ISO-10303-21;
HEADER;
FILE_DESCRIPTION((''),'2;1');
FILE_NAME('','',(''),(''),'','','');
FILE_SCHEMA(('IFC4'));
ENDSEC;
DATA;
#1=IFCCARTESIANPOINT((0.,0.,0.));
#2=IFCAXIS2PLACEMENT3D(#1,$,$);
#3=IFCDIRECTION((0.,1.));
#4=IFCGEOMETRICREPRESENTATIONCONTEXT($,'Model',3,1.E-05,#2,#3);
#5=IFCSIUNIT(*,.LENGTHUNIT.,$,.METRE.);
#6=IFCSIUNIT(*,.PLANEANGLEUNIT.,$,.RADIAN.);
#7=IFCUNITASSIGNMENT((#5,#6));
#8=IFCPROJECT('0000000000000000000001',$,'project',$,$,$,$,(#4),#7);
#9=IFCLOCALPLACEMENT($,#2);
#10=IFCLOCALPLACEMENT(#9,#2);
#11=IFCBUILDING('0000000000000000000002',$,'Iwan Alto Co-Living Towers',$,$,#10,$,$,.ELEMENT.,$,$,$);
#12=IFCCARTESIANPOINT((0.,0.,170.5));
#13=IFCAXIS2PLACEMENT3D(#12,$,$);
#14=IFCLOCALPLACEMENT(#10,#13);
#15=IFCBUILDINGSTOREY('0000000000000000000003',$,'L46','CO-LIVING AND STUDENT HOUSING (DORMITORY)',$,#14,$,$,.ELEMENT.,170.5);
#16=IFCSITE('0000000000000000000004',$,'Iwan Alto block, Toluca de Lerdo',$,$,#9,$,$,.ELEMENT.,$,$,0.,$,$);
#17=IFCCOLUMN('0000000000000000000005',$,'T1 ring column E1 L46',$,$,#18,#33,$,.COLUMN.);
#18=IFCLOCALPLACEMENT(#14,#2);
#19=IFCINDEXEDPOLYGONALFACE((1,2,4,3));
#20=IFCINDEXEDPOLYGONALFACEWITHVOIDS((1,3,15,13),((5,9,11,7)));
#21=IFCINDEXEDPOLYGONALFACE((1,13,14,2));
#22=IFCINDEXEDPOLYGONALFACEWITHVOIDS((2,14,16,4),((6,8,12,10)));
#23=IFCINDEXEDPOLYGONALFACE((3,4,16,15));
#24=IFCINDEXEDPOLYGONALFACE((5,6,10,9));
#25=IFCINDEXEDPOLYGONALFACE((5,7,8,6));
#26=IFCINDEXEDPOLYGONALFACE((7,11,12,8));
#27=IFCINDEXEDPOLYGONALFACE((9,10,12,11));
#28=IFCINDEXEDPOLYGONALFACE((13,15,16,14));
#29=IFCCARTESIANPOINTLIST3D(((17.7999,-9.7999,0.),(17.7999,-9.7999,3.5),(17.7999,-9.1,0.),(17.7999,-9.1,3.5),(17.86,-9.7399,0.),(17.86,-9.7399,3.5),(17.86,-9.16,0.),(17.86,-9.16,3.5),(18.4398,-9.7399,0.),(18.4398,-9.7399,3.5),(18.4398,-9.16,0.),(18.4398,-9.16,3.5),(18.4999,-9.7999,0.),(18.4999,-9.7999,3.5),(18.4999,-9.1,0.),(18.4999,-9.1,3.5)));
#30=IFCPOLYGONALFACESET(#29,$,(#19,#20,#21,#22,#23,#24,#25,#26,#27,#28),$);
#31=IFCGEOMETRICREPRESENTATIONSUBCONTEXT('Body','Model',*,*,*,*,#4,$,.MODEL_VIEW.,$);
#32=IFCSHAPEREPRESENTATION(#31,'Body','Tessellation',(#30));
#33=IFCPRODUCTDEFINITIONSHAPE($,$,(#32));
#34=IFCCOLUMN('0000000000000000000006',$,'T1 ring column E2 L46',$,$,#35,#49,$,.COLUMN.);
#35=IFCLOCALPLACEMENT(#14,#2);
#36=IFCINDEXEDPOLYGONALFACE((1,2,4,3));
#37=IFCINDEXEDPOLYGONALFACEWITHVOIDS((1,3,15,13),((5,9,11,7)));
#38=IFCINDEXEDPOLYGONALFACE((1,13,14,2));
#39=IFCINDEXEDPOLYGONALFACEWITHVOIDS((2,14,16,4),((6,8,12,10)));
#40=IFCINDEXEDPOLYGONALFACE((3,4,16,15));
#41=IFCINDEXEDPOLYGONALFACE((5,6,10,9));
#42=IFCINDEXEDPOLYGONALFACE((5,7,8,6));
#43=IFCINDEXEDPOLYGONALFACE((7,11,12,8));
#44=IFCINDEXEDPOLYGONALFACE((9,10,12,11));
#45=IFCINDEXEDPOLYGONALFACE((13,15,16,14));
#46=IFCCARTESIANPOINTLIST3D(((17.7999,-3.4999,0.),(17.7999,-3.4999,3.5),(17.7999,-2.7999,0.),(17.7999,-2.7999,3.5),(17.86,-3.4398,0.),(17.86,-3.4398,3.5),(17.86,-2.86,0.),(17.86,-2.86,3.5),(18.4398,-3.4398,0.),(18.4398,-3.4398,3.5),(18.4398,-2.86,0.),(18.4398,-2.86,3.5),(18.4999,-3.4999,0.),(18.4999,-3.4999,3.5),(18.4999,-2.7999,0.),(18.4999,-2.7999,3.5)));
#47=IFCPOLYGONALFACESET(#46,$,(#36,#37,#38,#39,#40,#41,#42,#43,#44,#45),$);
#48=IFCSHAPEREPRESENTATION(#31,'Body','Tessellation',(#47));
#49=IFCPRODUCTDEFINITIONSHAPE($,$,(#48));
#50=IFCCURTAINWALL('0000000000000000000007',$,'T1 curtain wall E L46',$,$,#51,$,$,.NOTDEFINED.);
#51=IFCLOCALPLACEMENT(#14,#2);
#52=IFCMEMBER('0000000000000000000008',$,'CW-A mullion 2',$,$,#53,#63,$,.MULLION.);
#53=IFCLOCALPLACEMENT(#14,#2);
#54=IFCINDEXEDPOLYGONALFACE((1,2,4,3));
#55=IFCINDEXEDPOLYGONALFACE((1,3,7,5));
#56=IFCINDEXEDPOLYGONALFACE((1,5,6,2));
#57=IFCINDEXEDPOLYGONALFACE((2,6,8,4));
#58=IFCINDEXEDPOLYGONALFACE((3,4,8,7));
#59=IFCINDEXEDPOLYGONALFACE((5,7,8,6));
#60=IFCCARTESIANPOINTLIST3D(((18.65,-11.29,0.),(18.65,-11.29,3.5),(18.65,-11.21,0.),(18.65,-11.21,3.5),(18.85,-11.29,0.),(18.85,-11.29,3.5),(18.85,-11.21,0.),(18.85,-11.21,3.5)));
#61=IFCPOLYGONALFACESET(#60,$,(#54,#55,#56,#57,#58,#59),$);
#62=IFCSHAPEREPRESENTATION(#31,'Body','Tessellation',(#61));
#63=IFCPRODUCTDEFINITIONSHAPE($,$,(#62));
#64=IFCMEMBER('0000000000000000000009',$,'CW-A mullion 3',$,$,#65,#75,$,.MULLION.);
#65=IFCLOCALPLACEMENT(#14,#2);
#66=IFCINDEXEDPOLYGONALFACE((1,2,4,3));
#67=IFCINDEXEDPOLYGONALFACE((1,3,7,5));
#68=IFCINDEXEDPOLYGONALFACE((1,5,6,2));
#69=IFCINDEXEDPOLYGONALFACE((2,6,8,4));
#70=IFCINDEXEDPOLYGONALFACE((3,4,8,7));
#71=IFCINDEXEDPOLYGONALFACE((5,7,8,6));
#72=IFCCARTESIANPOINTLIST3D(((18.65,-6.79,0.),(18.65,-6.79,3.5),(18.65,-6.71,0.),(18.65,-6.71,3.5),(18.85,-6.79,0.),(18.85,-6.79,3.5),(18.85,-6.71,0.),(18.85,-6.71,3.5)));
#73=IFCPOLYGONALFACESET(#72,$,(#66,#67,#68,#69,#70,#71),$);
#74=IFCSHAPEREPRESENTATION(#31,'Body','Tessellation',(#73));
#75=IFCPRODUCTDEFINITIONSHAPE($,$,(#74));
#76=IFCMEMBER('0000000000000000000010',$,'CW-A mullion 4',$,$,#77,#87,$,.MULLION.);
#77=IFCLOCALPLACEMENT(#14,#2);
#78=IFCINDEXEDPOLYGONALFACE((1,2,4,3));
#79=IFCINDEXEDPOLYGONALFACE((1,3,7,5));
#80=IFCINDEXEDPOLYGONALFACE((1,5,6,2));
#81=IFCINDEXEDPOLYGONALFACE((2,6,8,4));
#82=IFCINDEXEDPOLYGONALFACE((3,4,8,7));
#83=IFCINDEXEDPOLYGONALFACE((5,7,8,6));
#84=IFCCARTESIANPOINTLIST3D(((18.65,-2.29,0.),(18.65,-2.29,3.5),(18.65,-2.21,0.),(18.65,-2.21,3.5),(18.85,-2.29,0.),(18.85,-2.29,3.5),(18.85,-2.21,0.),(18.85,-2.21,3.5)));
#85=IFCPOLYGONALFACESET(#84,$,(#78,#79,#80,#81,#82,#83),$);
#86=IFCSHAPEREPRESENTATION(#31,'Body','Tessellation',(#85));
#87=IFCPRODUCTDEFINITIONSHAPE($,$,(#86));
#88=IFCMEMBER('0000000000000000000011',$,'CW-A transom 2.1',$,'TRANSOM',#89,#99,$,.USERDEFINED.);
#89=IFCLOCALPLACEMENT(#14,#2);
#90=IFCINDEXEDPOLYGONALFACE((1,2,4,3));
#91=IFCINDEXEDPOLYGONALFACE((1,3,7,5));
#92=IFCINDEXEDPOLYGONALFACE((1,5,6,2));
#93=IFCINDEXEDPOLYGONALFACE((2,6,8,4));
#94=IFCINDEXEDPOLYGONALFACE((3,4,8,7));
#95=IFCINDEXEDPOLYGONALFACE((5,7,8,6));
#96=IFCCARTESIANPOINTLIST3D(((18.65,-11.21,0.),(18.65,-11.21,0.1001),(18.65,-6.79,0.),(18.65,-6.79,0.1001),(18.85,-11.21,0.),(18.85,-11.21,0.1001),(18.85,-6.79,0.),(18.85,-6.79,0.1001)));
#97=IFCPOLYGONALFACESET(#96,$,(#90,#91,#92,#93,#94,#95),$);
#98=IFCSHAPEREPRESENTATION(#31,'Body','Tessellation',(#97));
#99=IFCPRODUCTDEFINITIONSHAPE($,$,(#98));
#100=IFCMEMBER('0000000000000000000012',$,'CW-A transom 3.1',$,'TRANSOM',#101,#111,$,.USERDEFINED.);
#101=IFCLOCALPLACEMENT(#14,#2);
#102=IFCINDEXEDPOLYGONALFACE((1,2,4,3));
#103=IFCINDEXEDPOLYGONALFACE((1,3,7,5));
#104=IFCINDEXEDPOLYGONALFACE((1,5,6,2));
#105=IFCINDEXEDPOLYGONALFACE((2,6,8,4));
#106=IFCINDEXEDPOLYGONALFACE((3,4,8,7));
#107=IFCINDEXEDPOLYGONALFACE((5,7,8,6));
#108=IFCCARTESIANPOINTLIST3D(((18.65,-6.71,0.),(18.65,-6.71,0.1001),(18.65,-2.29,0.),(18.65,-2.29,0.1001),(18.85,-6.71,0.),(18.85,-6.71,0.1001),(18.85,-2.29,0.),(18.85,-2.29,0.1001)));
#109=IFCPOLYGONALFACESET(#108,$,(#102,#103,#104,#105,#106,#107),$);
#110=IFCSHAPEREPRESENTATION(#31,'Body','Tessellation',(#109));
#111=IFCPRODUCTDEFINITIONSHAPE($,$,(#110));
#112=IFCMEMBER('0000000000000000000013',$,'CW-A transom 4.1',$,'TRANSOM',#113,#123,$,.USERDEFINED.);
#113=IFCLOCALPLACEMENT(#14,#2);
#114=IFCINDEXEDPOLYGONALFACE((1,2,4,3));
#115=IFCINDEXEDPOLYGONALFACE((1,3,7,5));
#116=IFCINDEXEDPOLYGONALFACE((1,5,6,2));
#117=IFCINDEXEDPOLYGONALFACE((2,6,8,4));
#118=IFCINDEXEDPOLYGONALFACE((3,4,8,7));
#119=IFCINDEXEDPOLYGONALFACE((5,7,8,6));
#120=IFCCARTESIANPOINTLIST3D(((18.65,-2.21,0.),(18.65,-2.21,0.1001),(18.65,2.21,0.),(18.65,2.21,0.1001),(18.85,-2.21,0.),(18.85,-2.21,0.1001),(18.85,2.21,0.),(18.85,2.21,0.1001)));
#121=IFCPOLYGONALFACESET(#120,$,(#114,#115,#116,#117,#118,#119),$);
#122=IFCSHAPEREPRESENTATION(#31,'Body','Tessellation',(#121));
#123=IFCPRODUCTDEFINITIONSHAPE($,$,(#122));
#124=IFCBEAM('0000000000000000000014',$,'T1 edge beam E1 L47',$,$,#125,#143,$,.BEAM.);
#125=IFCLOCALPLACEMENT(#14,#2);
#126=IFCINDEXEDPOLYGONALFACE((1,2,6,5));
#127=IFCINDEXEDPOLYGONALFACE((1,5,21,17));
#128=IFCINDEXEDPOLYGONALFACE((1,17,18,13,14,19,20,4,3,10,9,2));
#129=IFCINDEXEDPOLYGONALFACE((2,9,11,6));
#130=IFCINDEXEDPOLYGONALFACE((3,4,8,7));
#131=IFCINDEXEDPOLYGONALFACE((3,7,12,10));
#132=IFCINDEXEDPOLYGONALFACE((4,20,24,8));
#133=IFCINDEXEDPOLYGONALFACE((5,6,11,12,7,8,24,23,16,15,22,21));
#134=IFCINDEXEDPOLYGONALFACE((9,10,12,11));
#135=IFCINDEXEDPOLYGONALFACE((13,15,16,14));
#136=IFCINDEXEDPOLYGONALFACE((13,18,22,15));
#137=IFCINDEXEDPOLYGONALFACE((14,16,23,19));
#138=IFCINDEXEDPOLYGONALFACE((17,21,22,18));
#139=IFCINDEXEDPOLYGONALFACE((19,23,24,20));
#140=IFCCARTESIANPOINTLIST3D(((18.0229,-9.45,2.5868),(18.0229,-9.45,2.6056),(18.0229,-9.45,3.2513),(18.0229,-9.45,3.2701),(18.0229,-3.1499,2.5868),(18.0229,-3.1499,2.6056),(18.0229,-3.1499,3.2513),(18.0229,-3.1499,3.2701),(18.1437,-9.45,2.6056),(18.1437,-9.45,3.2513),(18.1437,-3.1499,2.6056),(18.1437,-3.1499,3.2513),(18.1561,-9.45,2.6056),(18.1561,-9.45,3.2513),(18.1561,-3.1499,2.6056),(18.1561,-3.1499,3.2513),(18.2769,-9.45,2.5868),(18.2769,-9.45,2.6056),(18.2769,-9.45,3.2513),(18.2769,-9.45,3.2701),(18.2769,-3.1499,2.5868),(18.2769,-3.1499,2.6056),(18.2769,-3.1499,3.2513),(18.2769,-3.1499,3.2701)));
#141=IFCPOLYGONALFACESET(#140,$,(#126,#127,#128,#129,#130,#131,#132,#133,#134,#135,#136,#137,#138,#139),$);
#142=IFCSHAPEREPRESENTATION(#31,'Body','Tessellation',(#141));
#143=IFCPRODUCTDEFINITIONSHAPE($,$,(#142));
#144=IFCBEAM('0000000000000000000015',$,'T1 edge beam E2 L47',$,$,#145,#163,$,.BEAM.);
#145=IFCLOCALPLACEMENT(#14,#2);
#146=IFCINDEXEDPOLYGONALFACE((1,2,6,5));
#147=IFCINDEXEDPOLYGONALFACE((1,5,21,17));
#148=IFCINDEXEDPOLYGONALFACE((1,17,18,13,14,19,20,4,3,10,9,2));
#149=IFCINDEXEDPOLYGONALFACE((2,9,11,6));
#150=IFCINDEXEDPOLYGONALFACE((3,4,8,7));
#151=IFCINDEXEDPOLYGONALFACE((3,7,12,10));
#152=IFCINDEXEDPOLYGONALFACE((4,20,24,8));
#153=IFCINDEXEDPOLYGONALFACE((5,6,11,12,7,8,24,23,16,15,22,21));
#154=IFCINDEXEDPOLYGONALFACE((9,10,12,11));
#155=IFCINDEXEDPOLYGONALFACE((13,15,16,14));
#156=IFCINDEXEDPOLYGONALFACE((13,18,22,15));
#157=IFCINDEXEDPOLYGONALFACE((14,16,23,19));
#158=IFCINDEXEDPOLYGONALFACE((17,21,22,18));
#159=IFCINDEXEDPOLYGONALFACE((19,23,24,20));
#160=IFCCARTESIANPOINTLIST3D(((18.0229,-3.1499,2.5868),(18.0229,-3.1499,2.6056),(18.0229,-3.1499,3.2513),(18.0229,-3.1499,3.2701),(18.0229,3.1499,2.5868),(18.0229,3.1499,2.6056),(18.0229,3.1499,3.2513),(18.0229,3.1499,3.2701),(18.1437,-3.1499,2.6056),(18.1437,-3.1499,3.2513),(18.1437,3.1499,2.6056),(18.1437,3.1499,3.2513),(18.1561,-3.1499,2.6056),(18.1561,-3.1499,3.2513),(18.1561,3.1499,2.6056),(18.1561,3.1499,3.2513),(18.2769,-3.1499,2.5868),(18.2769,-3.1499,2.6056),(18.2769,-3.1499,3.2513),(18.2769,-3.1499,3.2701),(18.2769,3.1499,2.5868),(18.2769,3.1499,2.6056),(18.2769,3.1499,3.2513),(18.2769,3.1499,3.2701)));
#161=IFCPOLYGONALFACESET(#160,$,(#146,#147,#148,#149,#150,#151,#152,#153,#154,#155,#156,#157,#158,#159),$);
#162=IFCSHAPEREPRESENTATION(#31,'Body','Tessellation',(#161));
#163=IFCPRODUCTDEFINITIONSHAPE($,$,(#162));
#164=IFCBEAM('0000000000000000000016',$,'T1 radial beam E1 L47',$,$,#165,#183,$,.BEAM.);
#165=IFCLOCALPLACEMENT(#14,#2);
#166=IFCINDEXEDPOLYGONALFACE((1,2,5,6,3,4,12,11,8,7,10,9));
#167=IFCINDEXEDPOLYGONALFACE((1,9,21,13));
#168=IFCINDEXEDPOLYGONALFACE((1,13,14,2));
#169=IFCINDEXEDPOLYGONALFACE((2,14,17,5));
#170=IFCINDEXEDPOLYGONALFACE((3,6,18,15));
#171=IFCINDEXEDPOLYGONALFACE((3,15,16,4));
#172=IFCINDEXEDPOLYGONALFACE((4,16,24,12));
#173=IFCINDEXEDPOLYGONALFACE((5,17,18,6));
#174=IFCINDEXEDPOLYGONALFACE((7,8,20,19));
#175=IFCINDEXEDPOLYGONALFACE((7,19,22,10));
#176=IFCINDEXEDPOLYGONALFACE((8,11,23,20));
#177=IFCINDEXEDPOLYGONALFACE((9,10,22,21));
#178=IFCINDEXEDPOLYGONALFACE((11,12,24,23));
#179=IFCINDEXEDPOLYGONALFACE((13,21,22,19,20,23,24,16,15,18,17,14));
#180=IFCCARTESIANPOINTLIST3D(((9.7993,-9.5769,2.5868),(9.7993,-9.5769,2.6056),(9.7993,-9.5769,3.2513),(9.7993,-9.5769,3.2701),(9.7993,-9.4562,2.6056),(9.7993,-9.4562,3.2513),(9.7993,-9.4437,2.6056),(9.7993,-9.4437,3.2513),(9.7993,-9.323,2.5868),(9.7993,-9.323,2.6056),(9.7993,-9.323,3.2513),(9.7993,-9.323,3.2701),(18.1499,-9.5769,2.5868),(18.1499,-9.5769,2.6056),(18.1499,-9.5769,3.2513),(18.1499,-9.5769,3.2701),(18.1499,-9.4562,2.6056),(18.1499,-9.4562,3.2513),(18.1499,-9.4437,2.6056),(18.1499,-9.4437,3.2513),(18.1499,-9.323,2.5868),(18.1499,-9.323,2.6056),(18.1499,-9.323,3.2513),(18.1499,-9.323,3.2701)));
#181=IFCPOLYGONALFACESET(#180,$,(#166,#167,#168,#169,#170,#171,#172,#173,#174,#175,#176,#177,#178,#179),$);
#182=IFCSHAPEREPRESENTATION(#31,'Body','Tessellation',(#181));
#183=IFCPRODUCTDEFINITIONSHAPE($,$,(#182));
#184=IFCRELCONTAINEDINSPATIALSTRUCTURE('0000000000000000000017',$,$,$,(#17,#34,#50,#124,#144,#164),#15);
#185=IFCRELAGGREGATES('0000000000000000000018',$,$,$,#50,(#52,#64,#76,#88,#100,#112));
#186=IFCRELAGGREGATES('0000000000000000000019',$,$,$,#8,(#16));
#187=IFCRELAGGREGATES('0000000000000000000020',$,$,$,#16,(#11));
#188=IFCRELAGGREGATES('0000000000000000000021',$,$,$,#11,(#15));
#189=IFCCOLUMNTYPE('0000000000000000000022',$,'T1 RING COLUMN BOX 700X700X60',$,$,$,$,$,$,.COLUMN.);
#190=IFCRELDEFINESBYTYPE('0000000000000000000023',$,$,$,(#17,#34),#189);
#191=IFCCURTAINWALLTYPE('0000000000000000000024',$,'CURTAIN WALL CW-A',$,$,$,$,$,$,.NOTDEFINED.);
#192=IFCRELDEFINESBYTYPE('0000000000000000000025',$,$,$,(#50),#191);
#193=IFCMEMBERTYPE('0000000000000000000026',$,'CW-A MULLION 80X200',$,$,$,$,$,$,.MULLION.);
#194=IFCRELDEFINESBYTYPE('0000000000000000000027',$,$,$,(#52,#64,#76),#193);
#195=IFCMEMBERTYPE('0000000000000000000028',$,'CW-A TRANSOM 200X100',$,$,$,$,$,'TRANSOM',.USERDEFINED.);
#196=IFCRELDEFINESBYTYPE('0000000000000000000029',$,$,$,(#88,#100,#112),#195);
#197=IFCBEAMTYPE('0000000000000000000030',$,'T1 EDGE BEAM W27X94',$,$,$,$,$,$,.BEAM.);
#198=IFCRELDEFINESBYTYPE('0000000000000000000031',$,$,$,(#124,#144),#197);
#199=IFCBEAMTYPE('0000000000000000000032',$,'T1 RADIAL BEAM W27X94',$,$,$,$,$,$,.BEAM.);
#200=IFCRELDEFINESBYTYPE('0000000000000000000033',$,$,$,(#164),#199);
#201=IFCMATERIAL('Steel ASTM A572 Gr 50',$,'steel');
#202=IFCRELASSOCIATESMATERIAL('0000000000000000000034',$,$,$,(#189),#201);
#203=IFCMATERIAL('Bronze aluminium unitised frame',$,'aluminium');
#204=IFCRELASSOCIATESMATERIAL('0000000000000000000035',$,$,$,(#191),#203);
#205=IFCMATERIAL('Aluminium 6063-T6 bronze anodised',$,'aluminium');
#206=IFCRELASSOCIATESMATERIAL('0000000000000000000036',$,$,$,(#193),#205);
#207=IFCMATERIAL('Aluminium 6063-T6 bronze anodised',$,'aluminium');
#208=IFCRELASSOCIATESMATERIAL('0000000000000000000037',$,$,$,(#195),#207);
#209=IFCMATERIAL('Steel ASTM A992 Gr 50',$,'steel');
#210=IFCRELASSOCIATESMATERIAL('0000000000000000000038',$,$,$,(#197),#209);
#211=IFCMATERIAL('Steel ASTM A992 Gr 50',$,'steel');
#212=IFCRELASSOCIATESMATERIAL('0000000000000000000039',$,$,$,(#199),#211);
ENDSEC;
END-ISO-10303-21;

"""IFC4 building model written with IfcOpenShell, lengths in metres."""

from ifc_helpers import new_model, si_unit, direction, frame, origin, origin_2d, place, context, subcontext, project, spatial, rectangle, hollow_rectangle, i_section, extrude, material, material_profile, profile_set, type_object, element, aggregate, save


model = new_model("IFC4")

# Units and contexts
model_context = context("Model", 3, precision=1e-05, world=origin(), true_north=direction((0.0, 1.0)))
body_context = subcontext(model_context, "Body", "Model", "MODEL_VIEW")
ifc_project = project(units=[si_unit("LENGTHUNIT", "METRE"), si_unit("PLANEANGLEUNIT", "RADIAN")], contexts=[model_context])

# Site, building, storey
site_placement = place(None, origin())
site = spatial("IfcSite", under=ifc_project, at=site_placement, Name="Iwan Alto block, Toluca de Lerdo", CompositionType="ELEMENT", RefElevation=0.0)
building_placement = place(site_placement, origin())
building = spatial("IfcBuilding", under=site, at=building_placement, Name="Iwan Alto Co-Living Towers", CompositionType="ELEMENT")
storey_placement = place(building_placement, frame((0.0, 0.0, 170.5)))
storey = spatial("IfcBuildingStorey", under=building, at=storey_placement, Name="L46", Description="CO-LIVING AND STUDENT HOUSING (DORMITORY)", CompositionType="ELEMENT", Elevation=170.5)

# Columns
ifc_material_1 = material(Name="Steel ASTM A572 Gr 50", Category="steel")
ifc_material_profile_1 = material_profile(ifc_material_1, hollow_rectangle(XDim=0.7, YDim=0.7, WallThickness=0.0601, at=origin_2d()), Name="BOX 700X700X60")
ifc_profile_set_1 = profile_set([ifc_material_profile_1], Name="Steel ASTM A572 Gr 50")
column_type = type_object("IfcColumnType", Name="T1 RING COLUMN BOX 700X700X60", PredefinedType="COLUMN", material=ifc_profile_set_1)
for number, where, z_axis, x_axis, name in (
    (1, (18.1499, -9.45, 0.0), (0.0, 0.0, 1.0), (1.0, 0.0, 0.0), "T1 ring column E1 L46"),
    (2, (18.1499, -3.1499, 0.0), (0.0, 0.0, 1.0), (1.0, 0.0, 0.0), "T1 ring column E2 L46"),
):
    element("IfcColumn", number, at=place(storey_placement, frame(where, z_axis=z_axis, x_axis=x_axis)), inside=storey, type_object=column_type, Name=name, PredefinedType="COLUMN", context=body_context, shape_type="SweptSolid", body=[
        extrude(hollow_rectangle(XDim=0.7, YDim=0.7, WallThickness=0.0601, at=origin_2d()), origin(), (0.0, 0.0, 1.0), 3.5),
    ])

# Curtain wall, members
ifc_material_2 = material(Name="Bronze aluminium unitised frame", Category="aluminium")
curtain_wall_type = type_object("IfcCurtainWallType", Name="CURTAIN WALL CW-A", PredefinedType="NOTDEFINED", material=ifc_material_2)
curtain_wall_placement = place(storey_placement, origin())
curtain_wall = element("IfcCurtainWall", 3, at=curtain_wall_placement, inside=storey, type_object=curtain_wall_type, Name="T1 curtain wall E L46", PredefinedType="NOTDEFINED")
ifc_material_3 = material(Name="Aluminium 6063-T6 bronze anodised", Category="aluminium")
ifc_material_profile_2 = material_profile(ifc_material_3, rectangle(XDim=0.2, YDim=0.0801, at=origin_2d()), Name="AL 80X200")
ifc_profile_set_2 = profile_set([ifc_material_profile_2], Name="Aluminium 6063-T6 bronze anodised")
member_type_1 = type_object("IfcMemberType", Name="CW-A MULLION 80X200", PredefinedType="MULLION", material=ifc_profile_set_2)
member_1_placement = place(storey_placement, frame((18.75, -11.25, 0.0), z_axis=(0.0, 0.0, 1.0), x_axis=(-1.0, 0.0, 0.0)))
member_1 = element("IfcMember", 4, at=member_1_placement, type_object=member_type_1, Name="CW-A mullion 2", PredefinedType="MULLION", context=body_context, shape_type="SweptSolid", body=[
    extrude(rectangle(XDim=0.2, YDim=0.0801, at=origin_2d()), origin(), (0.0, 0.0, 1.0), 3.5),
])
member_2_placement = place(storey_placement, frame((18.75, -6.75, 0.0), z_axis=(0.0, 0.0, 1.0), x_axis=(-1.0, 0.0, 0.0)))
member_2 = element("IfcMember", 5, at=member_2_placement, type_object=member_type_1, Name="CW-A mullion 3", PredefinedType="MULLION", context=body_context, shape_type="SweptSolid", body=[
    extrude(rectangle(XDim=0.2, YDim=0.0801, at=origin_2d()), origin(), (0.0, 0.0, 1.0), 3.5),
])
member_3_placement = place(storey_placement, frame((18.75, -2.25, 0.0), z_axis=(0.0, 0.0, 1.0), x_axis=(-1.0, 0.0, 0.0)))
member_3 = element("IfcMember", 6, at=member_3_placement, type_object=member_type_1, Name="CW-A mullion 4", PredefinedType="MULLION", context=body_context, shape_type="SweptSolid", body=[
    extrude(rectangle(XDim=0.2, YDim=0.0801, at=origin_2d()), origin(), (0.0, 0.0, 1.0), 3.5),
])
ifc_material_4 = material(Name="Aluminium 6063-T6 bronze anodised", Category="aluminium")
ifc_material_profile_3 = material_profile(ifc_material_4, rectangle(XDim=0.2, YDim=0.1001, at=origin_2d()), Name="AL 200X100")
ifc_profile_set_3 = profile_set([ifc_material_profile_3], Name="Aluminium 6063-T6 bronze anodised")
member_type_2 = type_object("IfcMemberType", Name="CW-A TRANSOM 200X100", ElementType="TRANSOM", PredefinedType="USERDEFINED", material=ifc_profile_set_3)
member_4_placement = place(storey_placement, frame((18.75, -11.21, 0.05), z_axis=(0.0, 1.0, 0.0), x_axis=(-1.0, 0.0, 0.0)))
member_4 = element("IfcMember", 7, at=member_4_placement, type_object=member_type_2, Name="CW-A transom 2.1", ObjectType="TRANSOM", PredefinedType="USERDEFINED", context=body_context, shape_type="SweptSolid", body=[
    extrude(rectangle(XDim=0.2, YDim=0.1001, at=origin_2d()), origin(), (0.0, 0.0, 1.0), 4.4199),
])
member_5_placement = place(storey_placement, frame((18.75, -6.71, 0.05), z_axis=(0.0, 1.0, 0.0), x_axis=(-1.0, 0.0, 0.0)))
member_5 = element("IfcMember", 8, at=member_5_placement, type_object=member_type_2, Name="CW-A transom 3.1", ObjectType="TRANSOM", PredefinedType="USERDEFINED", context=body_context, shape_type="SweptSolid", body=[
    extrude(rectangle(XDim=0.2, YDim=0.1001, at=origin_2d()), origin(), (0.0, 0.0, 1.0), 4.4199),
])
member_6_placement = place(storey_placement, frame((18.75, -2.21, 0.05), z_axis=(0.0, 1.0, 0.0), x_axis=(-1.0, 0.0, 0.0)))
member_6 = element("IfcMember", 9, at=member_6_placement, type_object=member_type_2, Name="CW-A transom 4.1", ObjectType="TRANSOM", PredefinedType="USERDEFINED", context=body_context, shape_type="SweptSolid", body=[
    extrude(rectangle(XDim=0.2, YDim=0.1001, at=origin_2d()), origin(), (0.0, 0.0, 1.0), 4.4199),
])

# Beams
ifc_material_5 = material(Name="Steel ASTM A992 Gr 50", Category="steel")
ifc_material_profile_4 = material_profile(ifc_material_5, i_section(OverallWidth=0.2539, OverallDepth=0.6833, WebThickness=0.0125, FlangeThickness=0.0188, at=origin_2d()), Name="W27X94")
ifc_profile_set_4 = profile_set([ifc_material_profile_4], Name="Steel ASTM A992 Gr 50")
beam_type_1 = type_object("IfcBeamType", Name="T1 EDGE BEAM W27X94", PredefinedType="BEAM", material=ifc_profile_set_4)
beam_1_placement = place(storey_placement, frame((18.1499, -9.45, 2.9285), z_axis=(0.0, 1.0, 0.0), x_axis=(-1.0, 0.0, 0.0)))
element("IfcBeam", 10, at=beam_1_placement, inside=storey, type_object=beam_type_1, Name="T1 edge beam E1 L47", PredefinedType="BEAM", context=body_context, shape_type="SweptSolid", body=[
    extrude(i_section(OverallWidth=0.2539, OverallDepth=0.6833, WebThickness=0.0125, FlangeThickness=0.0188, at=origin_2d()), origin(), (0.0, 0.0, 1.0), 6.3),
])
beam_2_placement = place(storey_placement, frame((18.1499, -3.1499, 2.9285), z_axis=(0.0, 1.0, 0.0), x_axis=(-1.0, 0.0, 0.0)))
element("IfcBeam", 11, at=beam_2_placement, inside=storey, type_object=beam_type_1, Name="T1 edge beam E2 L47", PredefinedType="BEAM", context=body_context, shape_type="SweptSolid", body=[
    extrude(i_section(OverallWidth=0.2539, OverallDepth=0.6833, WebThickness=0.0125, FlangeThickness=0.0188, at=origin_2d()), origin(), (0.0, 0.0, 1.0), 6.2998),
])
ifc_material_6 = material(Name="Steel ASTM A992 Gr 50", Category="steel")
ifc_material_profile_5 = material_profile(ifc_material_6, i_section(OverallWidth=0.2539, OverallDepth=0.6833, WebThickness=0.0125, FlangeThickness=0.0188, at=origin_2d()), Name="W27X94")
ifc_profile_set_5 = profile_set([ifc_material_profile_5], Name="Steel ASTM A992 Gr 50")
beam_type_2 = type_object("IfcBeamType", Name="T1 RADIAL BEAM W27X94", PredefinedType="BEAM", material=ifc_profile_set_5)
for number, where, z_axis, x_axis, name in (
    (12, (18.1499, -9.45, 2.9285), (-1.0, 0.0, 0.0), (0.0, -1.0, 0.0), "T1 radial beam E1 L47"),
):
    element("IfcBeam", number, at=place(storey_placement, frame(where, z_axis=z_axis, x_axis=x_axis)), inside=storey, type_object=beam_type_2, Name=name, PredefinedType="BEAM", context=body_context, shape_type="SweptSolid", body=[
        extrude(i_section(OverallWidth=0.2539, OverallDepth=0.6833, WebThickness=0.0125, FlangeThickness=0.0188, at=origin_2d()), origin(), (0.0, 0.0, 1.0), 8.3506),
    ])

aggregate(curtain_wall, [member_1, member_2, member_3, member_4, member_5, member_6])

save(model, "model.ifc")
